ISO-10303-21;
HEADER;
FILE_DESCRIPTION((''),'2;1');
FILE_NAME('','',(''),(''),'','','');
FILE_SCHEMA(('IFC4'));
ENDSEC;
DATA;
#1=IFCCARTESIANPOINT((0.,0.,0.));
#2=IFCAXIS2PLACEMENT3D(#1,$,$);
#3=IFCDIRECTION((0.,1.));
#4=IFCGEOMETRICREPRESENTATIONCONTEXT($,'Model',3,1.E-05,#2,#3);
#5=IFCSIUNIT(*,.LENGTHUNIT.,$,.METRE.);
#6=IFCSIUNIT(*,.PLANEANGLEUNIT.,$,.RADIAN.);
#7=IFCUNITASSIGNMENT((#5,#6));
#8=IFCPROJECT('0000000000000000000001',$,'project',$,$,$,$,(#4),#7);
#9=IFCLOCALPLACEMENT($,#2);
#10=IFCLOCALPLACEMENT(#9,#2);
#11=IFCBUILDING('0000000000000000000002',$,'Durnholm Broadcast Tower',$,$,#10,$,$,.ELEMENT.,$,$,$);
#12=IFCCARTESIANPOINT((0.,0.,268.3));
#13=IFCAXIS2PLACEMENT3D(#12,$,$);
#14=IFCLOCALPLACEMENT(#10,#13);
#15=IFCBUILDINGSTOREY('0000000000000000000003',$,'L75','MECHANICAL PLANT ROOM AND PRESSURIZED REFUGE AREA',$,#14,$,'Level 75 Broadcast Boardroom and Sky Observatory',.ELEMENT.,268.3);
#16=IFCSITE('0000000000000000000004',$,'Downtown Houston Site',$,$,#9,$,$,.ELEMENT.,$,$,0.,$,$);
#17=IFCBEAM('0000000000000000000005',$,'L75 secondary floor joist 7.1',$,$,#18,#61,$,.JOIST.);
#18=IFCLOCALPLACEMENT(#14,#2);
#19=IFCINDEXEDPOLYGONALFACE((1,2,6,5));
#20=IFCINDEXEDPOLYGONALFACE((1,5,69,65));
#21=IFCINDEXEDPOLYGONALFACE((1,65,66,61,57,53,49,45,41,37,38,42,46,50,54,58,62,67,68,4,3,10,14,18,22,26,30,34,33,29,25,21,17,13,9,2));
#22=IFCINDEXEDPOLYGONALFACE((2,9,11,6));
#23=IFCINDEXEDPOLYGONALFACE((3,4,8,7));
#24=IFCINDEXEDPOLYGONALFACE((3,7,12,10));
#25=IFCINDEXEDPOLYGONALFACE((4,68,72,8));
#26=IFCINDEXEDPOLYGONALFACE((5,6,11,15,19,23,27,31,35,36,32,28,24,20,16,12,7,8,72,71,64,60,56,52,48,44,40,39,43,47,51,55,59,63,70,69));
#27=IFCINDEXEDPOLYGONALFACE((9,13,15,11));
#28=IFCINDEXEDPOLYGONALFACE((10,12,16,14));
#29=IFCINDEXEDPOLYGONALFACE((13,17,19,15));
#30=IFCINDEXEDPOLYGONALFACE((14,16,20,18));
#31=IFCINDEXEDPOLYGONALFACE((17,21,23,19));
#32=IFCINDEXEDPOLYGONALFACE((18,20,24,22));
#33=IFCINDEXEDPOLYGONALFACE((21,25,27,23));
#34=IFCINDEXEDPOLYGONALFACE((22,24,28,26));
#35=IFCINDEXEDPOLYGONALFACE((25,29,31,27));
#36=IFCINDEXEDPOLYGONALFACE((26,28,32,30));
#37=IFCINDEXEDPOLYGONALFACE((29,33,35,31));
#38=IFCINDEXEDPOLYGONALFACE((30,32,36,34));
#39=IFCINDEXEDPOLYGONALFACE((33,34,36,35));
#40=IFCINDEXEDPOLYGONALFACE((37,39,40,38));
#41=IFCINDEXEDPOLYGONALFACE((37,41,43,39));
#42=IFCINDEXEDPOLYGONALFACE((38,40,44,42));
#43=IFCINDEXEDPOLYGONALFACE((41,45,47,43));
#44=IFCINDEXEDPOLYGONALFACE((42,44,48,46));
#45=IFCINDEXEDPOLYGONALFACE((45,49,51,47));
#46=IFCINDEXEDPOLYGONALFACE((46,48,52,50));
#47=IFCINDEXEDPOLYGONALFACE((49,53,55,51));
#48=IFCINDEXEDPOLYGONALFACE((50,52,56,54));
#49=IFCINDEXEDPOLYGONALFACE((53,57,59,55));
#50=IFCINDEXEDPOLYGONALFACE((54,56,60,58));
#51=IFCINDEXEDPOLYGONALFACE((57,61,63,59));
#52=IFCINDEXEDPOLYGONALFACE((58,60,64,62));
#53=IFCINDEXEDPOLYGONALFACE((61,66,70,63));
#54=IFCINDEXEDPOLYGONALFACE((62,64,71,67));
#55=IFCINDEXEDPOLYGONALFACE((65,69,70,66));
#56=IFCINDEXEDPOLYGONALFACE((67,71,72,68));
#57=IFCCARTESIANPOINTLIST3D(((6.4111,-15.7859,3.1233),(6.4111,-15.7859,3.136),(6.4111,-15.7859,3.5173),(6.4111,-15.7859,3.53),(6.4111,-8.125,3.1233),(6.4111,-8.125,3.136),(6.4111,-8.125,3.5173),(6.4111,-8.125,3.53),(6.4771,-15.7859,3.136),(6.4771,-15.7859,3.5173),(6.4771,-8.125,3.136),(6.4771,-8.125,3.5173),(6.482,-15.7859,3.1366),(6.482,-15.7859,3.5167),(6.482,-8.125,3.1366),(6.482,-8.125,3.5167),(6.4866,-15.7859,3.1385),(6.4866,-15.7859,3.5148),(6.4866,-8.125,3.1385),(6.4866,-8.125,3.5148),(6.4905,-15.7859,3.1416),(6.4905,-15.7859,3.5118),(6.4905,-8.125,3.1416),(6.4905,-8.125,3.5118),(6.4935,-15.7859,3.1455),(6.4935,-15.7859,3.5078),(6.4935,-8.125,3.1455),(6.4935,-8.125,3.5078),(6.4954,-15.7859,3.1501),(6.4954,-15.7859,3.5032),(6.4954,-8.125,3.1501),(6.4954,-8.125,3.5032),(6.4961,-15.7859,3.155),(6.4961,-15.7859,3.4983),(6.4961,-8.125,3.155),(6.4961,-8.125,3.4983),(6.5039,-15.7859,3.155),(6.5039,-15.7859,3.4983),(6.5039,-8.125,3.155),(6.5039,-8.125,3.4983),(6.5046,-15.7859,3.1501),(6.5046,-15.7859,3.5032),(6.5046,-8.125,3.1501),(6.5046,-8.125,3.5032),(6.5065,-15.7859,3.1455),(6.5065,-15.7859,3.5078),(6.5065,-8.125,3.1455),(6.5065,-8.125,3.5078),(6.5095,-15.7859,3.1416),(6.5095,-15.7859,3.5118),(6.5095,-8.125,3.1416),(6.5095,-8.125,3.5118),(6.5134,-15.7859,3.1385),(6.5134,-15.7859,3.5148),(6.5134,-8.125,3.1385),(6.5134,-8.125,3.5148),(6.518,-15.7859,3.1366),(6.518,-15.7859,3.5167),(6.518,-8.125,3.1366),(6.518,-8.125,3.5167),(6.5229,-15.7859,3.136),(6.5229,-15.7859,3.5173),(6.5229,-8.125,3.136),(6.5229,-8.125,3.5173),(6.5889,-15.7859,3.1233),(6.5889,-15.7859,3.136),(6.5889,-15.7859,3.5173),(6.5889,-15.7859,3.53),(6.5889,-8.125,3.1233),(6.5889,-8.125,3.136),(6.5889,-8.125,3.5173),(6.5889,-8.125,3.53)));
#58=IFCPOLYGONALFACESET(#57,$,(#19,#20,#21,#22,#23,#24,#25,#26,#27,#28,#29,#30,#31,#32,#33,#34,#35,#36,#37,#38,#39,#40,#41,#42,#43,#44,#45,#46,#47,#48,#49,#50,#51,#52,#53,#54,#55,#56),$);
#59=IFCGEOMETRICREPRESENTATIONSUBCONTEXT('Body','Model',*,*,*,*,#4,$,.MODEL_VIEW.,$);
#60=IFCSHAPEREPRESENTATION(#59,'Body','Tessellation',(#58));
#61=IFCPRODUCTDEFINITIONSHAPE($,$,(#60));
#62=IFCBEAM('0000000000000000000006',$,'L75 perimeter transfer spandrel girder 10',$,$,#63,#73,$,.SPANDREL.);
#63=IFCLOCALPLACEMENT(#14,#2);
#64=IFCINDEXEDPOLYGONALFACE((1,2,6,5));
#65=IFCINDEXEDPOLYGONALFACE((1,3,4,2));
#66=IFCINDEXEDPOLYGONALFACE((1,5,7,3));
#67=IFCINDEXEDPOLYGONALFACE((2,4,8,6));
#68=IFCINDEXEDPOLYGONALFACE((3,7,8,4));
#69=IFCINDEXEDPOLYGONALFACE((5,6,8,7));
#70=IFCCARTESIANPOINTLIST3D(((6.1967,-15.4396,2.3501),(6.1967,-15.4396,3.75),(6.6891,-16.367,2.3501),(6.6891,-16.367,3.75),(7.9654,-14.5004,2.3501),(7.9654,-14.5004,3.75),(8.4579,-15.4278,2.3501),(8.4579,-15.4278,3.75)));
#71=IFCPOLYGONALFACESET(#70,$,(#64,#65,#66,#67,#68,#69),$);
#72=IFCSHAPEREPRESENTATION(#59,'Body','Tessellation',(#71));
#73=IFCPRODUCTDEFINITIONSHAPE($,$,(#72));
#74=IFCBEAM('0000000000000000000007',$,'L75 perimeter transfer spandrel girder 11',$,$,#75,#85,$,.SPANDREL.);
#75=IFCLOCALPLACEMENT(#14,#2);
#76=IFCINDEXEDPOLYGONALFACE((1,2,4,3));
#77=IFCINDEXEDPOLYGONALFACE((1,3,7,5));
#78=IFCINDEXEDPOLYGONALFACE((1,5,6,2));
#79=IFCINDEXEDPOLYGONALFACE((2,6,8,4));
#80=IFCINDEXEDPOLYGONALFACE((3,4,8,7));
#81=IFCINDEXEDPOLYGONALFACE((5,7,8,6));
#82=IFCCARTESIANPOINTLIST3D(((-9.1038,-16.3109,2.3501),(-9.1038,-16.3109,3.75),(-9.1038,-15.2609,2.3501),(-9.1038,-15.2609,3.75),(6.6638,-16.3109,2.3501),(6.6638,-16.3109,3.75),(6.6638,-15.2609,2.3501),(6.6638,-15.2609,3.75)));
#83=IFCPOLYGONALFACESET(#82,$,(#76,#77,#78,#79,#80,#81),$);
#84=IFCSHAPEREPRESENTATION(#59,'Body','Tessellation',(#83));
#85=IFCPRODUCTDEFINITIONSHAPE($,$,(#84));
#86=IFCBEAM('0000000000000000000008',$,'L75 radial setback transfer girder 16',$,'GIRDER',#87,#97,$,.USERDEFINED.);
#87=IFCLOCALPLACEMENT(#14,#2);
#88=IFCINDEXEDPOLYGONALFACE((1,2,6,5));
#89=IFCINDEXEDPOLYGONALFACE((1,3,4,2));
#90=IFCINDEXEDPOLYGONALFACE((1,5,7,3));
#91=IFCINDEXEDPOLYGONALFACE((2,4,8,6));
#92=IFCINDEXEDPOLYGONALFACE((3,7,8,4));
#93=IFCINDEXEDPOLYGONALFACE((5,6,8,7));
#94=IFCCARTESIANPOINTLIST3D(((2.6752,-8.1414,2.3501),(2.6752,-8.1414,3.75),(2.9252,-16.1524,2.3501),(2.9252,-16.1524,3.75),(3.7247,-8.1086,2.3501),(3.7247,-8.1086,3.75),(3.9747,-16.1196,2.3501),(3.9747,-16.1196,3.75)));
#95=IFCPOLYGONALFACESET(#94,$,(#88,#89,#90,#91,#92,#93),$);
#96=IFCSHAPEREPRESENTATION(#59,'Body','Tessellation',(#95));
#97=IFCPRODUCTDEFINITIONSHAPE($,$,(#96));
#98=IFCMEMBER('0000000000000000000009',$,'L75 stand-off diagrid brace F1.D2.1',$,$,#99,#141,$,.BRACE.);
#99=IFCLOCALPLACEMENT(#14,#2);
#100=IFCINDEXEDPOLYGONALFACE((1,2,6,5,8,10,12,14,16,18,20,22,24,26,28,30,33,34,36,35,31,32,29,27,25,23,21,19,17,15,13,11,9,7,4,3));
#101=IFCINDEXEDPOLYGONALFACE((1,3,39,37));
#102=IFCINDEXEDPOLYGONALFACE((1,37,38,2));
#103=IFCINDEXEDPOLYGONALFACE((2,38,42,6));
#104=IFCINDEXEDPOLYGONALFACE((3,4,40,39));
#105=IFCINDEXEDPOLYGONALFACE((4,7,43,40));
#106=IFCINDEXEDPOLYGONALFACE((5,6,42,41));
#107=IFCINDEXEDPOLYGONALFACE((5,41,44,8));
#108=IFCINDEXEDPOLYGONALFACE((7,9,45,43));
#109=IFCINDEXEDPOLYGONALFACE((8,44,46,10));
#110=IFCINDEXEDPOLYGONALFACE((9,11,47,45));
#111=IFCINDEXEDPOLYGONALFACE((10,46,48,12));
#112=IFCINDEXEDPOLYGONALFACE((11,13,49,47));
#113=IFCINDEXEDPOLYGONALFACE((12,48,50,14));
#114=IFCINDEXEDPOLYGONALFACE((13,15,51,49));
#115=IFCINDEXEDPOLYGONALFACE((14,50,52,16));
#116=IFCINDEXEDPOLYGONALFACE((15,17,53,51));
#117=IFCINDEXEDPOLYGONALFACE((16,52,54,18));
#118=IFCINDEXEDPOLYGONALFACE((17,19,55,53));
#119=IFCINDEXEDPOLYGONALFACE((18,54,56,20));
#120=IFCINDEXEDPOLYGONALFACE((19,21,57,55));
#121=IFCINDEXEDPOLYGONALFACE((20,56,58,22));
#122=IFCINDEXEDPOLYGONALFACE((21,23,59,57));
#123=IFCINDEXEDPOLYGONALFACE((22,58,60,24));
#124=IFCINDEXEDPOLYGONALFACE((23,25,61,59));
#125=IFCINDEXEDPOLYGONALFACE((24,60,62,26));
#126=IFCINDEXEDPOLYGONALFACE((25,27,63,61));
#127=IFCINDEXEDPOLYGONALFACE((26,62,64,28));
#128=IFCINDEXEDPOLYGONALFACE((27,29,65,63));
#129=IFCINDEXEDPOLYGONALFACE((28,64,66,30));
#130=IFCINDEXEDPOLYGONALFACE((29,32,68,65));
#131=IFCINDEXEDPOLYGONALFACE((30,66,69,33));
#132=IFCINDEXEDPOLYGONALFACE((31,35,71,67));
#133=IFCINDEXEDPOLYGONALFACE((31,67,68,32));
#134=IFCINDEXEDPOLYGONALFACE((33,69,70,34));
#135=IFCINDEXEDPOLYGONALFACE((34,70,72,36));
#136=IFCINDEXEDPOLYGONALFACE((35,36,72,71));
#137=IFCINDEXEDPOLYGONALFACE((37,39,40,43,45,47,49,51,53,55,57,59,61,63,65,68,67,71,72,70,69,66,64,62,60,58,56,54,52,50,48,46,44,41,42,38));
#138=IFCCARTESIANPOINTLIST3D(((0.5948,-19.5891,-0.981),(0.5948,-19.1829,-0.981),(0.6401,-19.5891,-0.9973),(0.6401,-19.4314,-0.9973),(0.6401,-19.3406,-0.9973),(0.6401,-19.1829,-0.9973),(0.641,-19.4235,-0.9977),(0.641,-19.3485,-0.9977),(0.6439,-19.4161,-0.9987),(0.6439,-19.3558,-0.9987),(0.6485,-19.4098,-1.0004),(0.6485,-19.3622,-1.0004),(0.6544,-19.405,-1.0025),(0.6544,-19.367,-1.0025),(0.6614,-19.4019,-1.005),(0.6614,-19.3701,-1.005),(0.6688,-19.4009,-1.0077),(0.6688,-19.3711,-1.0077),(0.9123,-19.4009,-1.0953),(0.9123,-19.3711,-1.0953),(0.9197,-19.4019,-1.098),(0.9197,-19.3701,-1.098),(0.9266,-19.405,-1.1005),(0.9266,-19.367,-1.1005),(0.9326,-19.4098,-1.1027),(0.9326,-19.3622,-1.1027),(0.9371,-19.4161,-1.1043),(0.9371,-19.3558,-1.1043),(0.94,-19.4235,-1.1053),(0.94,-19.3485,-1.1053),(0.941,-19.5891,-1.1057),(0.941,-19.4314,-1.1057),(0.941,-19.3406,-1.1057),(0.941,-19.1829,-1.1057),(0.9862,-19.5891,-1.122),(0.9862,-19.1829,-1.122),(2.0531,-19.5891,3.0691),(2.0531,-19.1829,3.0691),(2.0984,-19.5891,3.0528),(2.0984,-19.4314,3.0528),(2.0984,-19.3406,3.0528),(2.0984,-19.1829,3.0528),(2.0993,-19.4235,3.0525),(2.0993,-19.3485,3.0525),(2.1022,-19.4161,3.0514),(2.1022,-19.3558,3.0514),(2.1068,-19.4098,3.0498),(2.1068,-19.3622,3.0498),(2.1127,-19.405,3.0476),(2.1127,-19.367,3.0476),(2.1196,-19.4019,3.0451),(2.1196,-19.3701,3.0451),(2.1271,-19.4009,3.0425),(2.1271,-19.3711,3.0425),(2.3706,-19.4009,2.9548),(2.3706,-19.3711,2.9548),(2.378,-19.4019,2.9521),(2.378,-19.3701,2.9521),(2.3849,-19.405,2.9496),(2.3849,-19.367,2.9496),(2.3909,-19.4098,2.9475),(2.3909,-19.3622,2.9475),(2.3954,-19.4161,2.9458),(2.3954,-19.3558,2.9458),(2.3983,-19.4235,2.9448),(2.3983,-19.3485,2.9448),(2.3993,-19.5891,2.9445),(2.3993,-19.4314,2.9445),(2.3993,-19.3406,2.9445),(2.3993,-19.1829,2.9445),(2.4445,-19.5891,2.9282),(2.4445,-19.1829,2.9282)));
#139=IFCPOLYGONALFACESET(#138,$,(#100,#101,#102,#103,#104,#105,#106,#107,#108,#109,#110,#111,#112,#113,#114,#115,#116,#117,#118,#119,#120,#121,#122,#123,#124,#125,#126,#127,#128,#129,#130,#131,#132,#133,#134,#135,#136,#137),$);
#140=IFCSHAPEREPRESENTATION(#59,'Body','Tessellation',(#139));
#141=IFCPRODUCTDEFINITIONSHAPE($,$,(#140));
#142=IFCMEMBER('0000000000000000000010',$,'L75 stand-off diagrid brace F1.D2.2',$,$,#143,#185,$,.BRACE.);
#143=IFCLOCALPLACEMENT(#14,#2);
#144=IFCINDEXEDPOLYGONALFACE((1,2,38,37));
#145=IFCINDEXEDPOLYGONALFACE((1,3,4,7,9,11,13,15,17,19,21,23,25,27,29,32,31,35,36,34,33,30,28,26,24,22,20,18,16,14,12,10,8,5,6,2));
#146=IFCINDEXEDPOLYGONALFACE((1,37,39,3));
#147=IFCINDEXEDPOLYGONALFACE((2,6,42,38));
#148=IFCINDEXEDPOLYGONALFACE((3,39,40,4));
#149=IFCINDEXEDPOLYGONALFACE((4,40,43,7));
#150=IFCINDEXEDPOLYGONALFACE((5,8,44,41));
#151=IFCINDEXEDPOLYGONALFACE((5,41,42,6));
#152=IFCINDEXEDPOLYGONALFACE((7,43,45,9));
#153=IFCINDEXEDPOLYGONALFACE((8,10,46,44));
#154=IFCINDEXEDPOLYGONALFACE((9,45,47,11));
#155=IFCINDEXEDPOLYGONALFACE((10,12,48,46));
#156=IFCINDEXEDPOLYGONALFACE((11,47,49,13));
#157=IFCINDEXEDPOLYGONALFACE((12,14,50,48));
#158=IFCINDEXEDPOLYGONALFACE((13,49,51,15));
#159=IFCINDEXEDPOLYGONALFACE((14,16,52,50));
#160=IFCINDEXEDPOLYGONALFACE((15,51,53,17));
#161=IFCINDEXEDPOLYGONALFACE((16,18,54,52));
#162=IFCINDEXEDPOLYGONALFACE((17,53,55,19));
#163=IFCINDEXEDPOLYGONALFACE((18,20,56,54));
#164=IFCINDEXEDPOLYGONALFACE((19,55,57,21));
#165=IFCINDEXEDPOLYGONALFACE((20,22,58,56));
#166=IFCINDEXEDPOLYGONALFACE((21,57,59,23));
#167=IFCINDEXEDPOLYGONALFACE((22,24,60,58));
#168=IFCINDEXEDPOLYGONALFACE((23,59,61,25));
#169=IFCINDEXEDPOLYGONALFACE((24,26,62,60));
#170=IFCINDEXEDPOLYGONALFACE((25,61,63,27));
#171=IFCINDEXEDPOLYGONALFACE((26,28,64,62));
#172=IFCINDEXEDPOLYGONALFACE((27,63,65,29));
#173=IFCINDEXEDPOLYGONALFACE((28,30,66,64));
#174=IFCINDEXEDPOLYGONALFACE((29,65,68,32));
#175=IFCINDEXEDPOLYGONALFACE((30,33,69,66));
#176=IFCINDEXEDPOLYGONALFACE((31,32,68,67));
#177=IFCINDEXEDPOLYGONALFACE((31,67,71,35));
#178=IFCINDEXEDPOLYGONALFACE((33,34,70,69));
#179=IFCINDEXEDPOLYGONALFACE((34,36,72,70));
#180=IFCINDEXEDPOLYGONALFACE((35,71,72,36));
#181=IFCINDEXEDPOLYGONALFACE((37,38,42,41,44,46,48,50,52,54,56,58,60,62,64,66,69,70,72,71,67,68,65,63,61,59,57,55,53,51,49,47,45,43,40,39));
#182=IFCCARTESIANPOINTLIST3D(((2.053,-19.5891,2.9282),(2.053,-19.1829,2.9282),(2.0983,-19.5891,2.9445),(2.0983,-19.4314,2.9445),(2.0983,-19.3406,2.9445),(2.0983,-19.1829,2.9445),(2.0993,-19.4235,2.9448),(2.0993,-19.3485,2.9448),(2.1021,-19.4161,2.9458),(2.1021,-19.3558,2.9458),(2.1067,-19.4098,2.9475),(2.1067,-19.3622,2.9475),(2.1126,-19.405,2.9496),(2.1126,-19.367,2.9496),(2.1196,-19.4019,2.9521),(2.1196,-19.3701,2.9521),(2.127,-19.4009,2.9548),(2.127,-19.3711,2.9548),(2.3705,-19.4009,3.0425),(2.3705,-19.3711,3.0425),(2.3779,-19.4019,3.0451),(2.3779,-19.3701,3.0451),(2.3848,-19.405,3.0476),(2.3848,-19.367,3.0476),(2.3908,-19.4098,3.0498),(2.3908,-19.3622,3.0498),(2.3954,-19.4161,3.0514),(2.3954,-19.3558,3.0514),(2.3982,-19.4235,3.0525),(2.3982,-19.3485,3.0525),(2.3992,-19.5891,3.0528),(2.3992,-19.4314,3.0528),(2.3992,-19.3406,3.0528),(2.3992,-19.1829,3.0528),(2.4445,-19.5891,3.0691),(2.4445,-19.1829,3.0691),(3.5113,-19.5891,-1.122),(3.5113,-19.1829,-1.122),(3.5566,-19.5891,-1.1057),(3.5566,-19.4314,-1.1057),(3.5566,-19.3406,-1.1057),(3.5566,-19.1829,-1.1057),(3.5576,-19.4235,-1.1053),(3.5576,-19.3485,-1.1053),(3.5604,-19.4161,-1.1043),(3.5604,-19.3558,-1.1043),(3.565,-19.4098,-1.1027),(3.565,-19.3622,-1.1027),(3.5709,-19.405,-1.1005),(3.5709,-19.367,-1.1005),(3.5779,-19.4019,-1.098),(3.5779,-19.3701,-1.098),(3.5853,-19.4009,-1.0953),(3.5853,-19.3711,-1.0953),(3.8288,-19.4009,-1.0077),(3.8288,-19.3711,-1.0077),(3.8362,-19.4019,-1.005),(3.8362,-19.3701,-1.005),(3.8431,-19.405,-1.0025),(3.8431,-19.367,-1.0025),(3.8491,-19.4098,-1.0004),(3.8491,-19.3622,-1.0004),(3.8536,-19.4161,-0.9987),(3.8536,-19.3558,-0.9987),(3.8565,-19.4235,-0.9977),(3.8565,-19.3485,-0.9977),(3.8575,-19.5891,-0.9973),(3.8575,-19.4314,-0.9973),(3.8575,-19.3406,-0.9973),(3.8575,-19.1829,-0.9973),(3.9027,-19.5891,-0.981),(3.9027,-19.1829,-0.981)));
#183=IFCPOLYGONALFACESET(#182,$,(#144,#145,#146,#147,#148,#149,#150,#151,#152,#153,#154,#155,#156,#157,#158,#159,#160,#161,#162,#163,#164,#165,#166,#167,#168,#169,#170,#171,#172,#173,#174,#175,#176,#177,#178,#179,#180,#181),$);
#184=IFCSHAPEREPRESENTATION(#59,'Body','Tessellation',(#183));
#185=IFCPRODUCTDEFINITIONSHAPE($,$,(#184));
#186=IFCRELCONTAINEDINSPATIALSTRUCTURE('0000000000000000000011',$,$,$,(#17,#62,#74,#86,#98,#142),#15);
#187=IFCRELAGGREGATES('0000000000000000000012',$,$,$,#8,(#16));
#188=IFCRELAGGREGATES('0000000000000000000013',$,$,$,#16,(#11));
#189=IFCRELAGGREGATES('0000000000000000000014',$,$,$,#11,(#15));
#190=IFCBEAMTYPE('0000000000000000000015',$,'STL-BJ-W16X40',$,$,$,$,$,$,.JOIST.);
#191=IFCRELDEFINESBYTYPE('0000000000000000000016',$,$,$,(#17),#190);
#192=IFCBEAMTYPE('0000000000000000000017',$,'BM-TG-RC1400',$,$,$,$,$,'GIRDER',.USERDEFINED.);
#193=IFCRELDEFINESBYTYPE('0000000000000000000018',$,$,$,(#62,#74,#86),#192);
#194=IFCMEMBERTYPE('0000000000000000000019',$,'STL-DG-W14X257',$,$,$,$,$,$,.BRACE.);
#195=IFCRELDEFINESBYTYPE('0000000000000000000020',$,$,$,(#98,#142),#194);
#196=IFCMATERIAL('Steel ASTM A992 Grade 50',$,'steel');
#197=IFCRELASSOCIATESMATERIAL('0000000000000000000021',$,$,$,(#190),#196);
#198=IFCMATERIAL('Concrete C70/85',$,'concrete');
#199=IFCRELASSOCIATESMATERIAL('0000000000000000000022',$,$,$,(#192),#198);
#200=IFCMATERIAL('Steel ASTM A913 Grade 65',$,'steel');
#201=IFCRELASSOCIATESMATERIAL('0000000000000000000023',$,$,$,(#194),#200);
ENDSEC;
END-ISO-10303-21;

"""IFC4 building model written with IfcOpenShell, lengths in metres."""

from ifc_helpers import new_model, si_unit, direction, frame, origin, origin_2d, place, context, subcontext, project, spatial, rectangle, i_section, extrude, source, transform, mapped, material, material_profile, profile_set, type_object, type_shapes, element, save


model = new_model("IFC4")

# Units and contexts
model_context = context("Model", 3, precision=1e-05, world=origin(), true_north=direction((0.0, 1.0)))
body_context = subcontext(model_context, "Body", "Model", "MODEL_VIEW")
ifc_project = project(units=[si_unit("LENGTHUNIT", "METRE"), si_unit("PLANEANGLEUNIT", "RADIAN")], contexts=[model_context])

# Site, building, storey
site_placement = place(None, origin())
site = spatial("IfcSite", under=ifc_project, at=site_placement, Name="Downtown Houston Site", CompositionType="ELEMENT", RefElevation=0.0)
building_placement = place(site_placement, origin())
building = spatial("IfcBuilding", under=site, at=building_placement, Name="Durnholm Broadcast Tower", CompositionType="ELEMENT")
storey_placement = place(building_placement, frame((0.0, 0.0, 268.3)))
storey = spatial("IfcBuildingStorey", under=building, at=storey_placement, Name="L75", Description="MECHANICAL PLANT ROOM AND PRESSURIZED REFUGE AREA", LongName="Level 75 Broadcast Boardroom and Sky Observatory", CompositionType="ELEMENT", Elevation=268.3)

# Shared definitions
ifc_material_1 = material(Name="Concrete C70/85", Category="concrete")

# Beams
ifc_material_2 = material(Name="Steel ASTM A992 Grade 50", Category="steel")
ifc_material_profile_1 = material_profile(ifc_material_2, i_section(OverallWidth=0.1777, OverallDepth=0.4067, WebThickness=0.0078, FlangeThickness=0.0127, FilletRadius=0.019, at=origin_2d()), Name="W16X40")
ifc_profile_set_1 = profile_set([ifc_material_profile_1], Name="Steel ASTM A992 Grade 50")
beam_type_1 = type_object("IfcBeamType", Name="STL-BJ-W16X40", PredefinedType="JOIST", material=ifc_profile_set_1)
shared_shape_1 = source(origin(), body_context, "Body", "SweptSolid", [
    extrude(i_section(OverallWidth=0.1777, OverallDepth=0.4067, WebThickness=0.0078, FlangeThickness=0.0127, FilletRadius=0.019, at=origin_2d()), origin(), (0.0, 0.0, 1.0), 7.6609),
])
type_shapes(beam_type_1, [shared_shape_1])
for number, where, z_axis, x_axis, name in (
    (1, (6.5, -15.7859, 3.3267), (0.0, 1.0, 0.0), (-1.0, 0.0, 0.0), "L75 secondary floor joist 7.1"),
):
    element("IfcBeam", number, at=place(storey_placement, frame(where, z_axis=z_axis, x_axis=x_axis)), inside=storey, type_object=beam_type_1, Name=name, PredefinedType="JOIST", context=body_context, shape_type="MappedRepresentation", body=[
        mapped(shared_shape_1, transform((0.0, 0.0, 0.0), x_axis=(1.0, 0.0, 0.0), y_axis=(0.0, 1.0, 0.0), z_axis=(0.0, 0.0, 1.0), scale=1.0)),
    ])
ifc_material_profile_2 = material_profile(ifc_material_1, rectangle(XDim=1.05, YDim=1.3999, at=origin_2d()), Name="RC1050X1400")
ifc_profile_set_2 = profile_set([ifc_material_profile_2], Name="Concrete C70/85")
beam_type_2 = type_object("IfcBeamType", Name="BM-TG-RC1400", ElementType="GIRDER", PredefinedType="USERDEFINED", material=ifc_profile_set_2)
shared_shape_2 = source(origin(), body_context, "Body", "SweptSolid", [
    extrude(rectangle(XDim=1.05, YDim=1.3999, at=origin_2d()), origin(), (0.0, 0.0, 1.0), 2.0027),
])
beam_1_placement = place(storey_placement, frame((8.2117, -14.9641, 3.05), z_axis=(-0.883212, -0.468974, 0.0), x_axis=(0.468974, -0.883212, 0.0)))
element("IfcBeam", 2, at=beam_1_placement, inside=storey, type_object=beam_type_2, Name="L75 perimeter transfer spandrel girder 10", PredefinedType="SPANDREL", context=body_context, shape_type="MappedRepresentation", body=[
    mapped(shared_shape_2, transform((0.0, 0.0, 0.0), x_axis=(1.0, 0.0, 0.0), y_axis=(0.0, 1.0, 0.0), z_axis=(0.0, 0.0, 1.0), scale=1.0)),
])
shared_shape_3 = source(origin(), body_context, "Body", "SweptSolid", [
    extrude(rectangle(XDim=1.05, YDim=1.3999, at=origin_2d()), origin(), (0.0, 0.0, 1.0), 15.7676),
])
beam_2_placement = place(storey_placement, frame((6.6638, -15.7859, 3.05), z_axis=(-1.0, 0.0, 0.0), x_axis=(0.0, -1.0, 0.0)))
element("IfcBeam", 3, at=beam_2_placement, inside=storey, type_object=beam_type_2, Name="L75 perimeter transfer spandrel girder 11", PredefinedType="SPANDREL", context=body_context, shape_type="MappedRepresentation", body=[
    mapped(shared_shape_3, transform((0.0, 0.0, 0.0), x_axis=(1.0, 0.0, 0.0), y_axis=(0.0, 1.0, 0.0), z_axis=(0.0, 0.0, 1.0), scale=1.0)),
])
shared_shape_4 = source(origin(), body_context, "Body", "SweptSolid", [
    extrude(rectangle(XDim=1.05, YDim=1.3999, at=origin_2d()), origin(), (0.0, 0.0, 1.0), 8.0149),
])
type_shapes(beam_type_2, [shared_shape_2, shared_shape_3, shared_shape_4])
beam_3_placement = place(storey_placement, frame((3.2, -8.125, 3.05), z_axis=(0.031192, -0.999513, 0.0), x_axis=(0.999513, 0.031192, 0.0)))
element("IfcBeam", 4, at=beam_3_placement, inside=storey, type_object=beam_type_2, Name="L75 radial setback transfer girder 16", ObjectType="GIRDER", PredefinedType="USERDEFINED", context=body_context, shape_type="MappedRepresentation", body=[
    mapped(shared_shape_4, transform((0.0, 0.0, 0.0), x_axis=(1.0, 0.0, 0.0), y_axis=(0.0, 1.0, 0.0), z_axis=(0.0, 0.0, 1.0), scale=1.0)),
])

# Members
ifc_material_3 = material(Name="Steel ASTM A913 Grade 65", Category="steel")
ifc_material_profile_3 = material_profile(ifc_material_3, i_section(OverallWidth=0.4062, OverallDepth=0.416, WebThickness=0.0298, FlangeThickness=0.0481, FilletRadius=0.0305, at=origin_2d()), Name="W14X257")
ifc_profile_set_3 = profile_set([ifc_material_profile_3], Name="Steel ASTM A913 Grade 65")
member_type_1 = type_object("IfcMemberType", Name="STL-DG-W14X257", PredefinedType="BRACE", material=ifc_profile_set_3)
shared_shape_5 = source(origin(), body_context, "Body", "SweptSolid", [
    extrude(i_section(OverallWidth=0.4062, OverallDepth=0.416, WebThickness=0.0298, FlangeThickness=0.0481, FilletRadius=0.0305, at=origin_2d()), origin(), (0.0, 0.0, 1.0), 4.3047),
])
type_shapes(member_type_1, [shared_shape_5])
for number, where, z_axis, x_axis, name in (
    (5, (0.7905, -19.386, -1.0515), (0.338768, 0.0, 0.94087), (0.0, 1.0, 0.0), "L75 stand-off diagrid brace F1.D2.1"),
    (6, (3.707, -19.386, -1.0515), (-0.338768, 0.0, 0.94087), (0.0, -1.0, 0.0), "L75 stand-off diagrid brace F1.D2.2"),
):
    element("IfcMember", number, at=place(storey_placement, frame(where, z_axis=z_axis, x_axis=x_axis)), inside=storey, type_object=member_type_1, Name=name, PredefinedType="BRACE", context=body_context, shape_type="MappedRepresentation", body=[
        mapped(shared_shape_5, transform((0.0, 0.0, 0.0), x_axis=(1.0, 0.0, 0.0), y_axis=(0.0, 1.0, 0.0), z_axis=(0.0, 0.0, 1.0), scale=1.0)),
    ])

save(model, "model.ifc")
